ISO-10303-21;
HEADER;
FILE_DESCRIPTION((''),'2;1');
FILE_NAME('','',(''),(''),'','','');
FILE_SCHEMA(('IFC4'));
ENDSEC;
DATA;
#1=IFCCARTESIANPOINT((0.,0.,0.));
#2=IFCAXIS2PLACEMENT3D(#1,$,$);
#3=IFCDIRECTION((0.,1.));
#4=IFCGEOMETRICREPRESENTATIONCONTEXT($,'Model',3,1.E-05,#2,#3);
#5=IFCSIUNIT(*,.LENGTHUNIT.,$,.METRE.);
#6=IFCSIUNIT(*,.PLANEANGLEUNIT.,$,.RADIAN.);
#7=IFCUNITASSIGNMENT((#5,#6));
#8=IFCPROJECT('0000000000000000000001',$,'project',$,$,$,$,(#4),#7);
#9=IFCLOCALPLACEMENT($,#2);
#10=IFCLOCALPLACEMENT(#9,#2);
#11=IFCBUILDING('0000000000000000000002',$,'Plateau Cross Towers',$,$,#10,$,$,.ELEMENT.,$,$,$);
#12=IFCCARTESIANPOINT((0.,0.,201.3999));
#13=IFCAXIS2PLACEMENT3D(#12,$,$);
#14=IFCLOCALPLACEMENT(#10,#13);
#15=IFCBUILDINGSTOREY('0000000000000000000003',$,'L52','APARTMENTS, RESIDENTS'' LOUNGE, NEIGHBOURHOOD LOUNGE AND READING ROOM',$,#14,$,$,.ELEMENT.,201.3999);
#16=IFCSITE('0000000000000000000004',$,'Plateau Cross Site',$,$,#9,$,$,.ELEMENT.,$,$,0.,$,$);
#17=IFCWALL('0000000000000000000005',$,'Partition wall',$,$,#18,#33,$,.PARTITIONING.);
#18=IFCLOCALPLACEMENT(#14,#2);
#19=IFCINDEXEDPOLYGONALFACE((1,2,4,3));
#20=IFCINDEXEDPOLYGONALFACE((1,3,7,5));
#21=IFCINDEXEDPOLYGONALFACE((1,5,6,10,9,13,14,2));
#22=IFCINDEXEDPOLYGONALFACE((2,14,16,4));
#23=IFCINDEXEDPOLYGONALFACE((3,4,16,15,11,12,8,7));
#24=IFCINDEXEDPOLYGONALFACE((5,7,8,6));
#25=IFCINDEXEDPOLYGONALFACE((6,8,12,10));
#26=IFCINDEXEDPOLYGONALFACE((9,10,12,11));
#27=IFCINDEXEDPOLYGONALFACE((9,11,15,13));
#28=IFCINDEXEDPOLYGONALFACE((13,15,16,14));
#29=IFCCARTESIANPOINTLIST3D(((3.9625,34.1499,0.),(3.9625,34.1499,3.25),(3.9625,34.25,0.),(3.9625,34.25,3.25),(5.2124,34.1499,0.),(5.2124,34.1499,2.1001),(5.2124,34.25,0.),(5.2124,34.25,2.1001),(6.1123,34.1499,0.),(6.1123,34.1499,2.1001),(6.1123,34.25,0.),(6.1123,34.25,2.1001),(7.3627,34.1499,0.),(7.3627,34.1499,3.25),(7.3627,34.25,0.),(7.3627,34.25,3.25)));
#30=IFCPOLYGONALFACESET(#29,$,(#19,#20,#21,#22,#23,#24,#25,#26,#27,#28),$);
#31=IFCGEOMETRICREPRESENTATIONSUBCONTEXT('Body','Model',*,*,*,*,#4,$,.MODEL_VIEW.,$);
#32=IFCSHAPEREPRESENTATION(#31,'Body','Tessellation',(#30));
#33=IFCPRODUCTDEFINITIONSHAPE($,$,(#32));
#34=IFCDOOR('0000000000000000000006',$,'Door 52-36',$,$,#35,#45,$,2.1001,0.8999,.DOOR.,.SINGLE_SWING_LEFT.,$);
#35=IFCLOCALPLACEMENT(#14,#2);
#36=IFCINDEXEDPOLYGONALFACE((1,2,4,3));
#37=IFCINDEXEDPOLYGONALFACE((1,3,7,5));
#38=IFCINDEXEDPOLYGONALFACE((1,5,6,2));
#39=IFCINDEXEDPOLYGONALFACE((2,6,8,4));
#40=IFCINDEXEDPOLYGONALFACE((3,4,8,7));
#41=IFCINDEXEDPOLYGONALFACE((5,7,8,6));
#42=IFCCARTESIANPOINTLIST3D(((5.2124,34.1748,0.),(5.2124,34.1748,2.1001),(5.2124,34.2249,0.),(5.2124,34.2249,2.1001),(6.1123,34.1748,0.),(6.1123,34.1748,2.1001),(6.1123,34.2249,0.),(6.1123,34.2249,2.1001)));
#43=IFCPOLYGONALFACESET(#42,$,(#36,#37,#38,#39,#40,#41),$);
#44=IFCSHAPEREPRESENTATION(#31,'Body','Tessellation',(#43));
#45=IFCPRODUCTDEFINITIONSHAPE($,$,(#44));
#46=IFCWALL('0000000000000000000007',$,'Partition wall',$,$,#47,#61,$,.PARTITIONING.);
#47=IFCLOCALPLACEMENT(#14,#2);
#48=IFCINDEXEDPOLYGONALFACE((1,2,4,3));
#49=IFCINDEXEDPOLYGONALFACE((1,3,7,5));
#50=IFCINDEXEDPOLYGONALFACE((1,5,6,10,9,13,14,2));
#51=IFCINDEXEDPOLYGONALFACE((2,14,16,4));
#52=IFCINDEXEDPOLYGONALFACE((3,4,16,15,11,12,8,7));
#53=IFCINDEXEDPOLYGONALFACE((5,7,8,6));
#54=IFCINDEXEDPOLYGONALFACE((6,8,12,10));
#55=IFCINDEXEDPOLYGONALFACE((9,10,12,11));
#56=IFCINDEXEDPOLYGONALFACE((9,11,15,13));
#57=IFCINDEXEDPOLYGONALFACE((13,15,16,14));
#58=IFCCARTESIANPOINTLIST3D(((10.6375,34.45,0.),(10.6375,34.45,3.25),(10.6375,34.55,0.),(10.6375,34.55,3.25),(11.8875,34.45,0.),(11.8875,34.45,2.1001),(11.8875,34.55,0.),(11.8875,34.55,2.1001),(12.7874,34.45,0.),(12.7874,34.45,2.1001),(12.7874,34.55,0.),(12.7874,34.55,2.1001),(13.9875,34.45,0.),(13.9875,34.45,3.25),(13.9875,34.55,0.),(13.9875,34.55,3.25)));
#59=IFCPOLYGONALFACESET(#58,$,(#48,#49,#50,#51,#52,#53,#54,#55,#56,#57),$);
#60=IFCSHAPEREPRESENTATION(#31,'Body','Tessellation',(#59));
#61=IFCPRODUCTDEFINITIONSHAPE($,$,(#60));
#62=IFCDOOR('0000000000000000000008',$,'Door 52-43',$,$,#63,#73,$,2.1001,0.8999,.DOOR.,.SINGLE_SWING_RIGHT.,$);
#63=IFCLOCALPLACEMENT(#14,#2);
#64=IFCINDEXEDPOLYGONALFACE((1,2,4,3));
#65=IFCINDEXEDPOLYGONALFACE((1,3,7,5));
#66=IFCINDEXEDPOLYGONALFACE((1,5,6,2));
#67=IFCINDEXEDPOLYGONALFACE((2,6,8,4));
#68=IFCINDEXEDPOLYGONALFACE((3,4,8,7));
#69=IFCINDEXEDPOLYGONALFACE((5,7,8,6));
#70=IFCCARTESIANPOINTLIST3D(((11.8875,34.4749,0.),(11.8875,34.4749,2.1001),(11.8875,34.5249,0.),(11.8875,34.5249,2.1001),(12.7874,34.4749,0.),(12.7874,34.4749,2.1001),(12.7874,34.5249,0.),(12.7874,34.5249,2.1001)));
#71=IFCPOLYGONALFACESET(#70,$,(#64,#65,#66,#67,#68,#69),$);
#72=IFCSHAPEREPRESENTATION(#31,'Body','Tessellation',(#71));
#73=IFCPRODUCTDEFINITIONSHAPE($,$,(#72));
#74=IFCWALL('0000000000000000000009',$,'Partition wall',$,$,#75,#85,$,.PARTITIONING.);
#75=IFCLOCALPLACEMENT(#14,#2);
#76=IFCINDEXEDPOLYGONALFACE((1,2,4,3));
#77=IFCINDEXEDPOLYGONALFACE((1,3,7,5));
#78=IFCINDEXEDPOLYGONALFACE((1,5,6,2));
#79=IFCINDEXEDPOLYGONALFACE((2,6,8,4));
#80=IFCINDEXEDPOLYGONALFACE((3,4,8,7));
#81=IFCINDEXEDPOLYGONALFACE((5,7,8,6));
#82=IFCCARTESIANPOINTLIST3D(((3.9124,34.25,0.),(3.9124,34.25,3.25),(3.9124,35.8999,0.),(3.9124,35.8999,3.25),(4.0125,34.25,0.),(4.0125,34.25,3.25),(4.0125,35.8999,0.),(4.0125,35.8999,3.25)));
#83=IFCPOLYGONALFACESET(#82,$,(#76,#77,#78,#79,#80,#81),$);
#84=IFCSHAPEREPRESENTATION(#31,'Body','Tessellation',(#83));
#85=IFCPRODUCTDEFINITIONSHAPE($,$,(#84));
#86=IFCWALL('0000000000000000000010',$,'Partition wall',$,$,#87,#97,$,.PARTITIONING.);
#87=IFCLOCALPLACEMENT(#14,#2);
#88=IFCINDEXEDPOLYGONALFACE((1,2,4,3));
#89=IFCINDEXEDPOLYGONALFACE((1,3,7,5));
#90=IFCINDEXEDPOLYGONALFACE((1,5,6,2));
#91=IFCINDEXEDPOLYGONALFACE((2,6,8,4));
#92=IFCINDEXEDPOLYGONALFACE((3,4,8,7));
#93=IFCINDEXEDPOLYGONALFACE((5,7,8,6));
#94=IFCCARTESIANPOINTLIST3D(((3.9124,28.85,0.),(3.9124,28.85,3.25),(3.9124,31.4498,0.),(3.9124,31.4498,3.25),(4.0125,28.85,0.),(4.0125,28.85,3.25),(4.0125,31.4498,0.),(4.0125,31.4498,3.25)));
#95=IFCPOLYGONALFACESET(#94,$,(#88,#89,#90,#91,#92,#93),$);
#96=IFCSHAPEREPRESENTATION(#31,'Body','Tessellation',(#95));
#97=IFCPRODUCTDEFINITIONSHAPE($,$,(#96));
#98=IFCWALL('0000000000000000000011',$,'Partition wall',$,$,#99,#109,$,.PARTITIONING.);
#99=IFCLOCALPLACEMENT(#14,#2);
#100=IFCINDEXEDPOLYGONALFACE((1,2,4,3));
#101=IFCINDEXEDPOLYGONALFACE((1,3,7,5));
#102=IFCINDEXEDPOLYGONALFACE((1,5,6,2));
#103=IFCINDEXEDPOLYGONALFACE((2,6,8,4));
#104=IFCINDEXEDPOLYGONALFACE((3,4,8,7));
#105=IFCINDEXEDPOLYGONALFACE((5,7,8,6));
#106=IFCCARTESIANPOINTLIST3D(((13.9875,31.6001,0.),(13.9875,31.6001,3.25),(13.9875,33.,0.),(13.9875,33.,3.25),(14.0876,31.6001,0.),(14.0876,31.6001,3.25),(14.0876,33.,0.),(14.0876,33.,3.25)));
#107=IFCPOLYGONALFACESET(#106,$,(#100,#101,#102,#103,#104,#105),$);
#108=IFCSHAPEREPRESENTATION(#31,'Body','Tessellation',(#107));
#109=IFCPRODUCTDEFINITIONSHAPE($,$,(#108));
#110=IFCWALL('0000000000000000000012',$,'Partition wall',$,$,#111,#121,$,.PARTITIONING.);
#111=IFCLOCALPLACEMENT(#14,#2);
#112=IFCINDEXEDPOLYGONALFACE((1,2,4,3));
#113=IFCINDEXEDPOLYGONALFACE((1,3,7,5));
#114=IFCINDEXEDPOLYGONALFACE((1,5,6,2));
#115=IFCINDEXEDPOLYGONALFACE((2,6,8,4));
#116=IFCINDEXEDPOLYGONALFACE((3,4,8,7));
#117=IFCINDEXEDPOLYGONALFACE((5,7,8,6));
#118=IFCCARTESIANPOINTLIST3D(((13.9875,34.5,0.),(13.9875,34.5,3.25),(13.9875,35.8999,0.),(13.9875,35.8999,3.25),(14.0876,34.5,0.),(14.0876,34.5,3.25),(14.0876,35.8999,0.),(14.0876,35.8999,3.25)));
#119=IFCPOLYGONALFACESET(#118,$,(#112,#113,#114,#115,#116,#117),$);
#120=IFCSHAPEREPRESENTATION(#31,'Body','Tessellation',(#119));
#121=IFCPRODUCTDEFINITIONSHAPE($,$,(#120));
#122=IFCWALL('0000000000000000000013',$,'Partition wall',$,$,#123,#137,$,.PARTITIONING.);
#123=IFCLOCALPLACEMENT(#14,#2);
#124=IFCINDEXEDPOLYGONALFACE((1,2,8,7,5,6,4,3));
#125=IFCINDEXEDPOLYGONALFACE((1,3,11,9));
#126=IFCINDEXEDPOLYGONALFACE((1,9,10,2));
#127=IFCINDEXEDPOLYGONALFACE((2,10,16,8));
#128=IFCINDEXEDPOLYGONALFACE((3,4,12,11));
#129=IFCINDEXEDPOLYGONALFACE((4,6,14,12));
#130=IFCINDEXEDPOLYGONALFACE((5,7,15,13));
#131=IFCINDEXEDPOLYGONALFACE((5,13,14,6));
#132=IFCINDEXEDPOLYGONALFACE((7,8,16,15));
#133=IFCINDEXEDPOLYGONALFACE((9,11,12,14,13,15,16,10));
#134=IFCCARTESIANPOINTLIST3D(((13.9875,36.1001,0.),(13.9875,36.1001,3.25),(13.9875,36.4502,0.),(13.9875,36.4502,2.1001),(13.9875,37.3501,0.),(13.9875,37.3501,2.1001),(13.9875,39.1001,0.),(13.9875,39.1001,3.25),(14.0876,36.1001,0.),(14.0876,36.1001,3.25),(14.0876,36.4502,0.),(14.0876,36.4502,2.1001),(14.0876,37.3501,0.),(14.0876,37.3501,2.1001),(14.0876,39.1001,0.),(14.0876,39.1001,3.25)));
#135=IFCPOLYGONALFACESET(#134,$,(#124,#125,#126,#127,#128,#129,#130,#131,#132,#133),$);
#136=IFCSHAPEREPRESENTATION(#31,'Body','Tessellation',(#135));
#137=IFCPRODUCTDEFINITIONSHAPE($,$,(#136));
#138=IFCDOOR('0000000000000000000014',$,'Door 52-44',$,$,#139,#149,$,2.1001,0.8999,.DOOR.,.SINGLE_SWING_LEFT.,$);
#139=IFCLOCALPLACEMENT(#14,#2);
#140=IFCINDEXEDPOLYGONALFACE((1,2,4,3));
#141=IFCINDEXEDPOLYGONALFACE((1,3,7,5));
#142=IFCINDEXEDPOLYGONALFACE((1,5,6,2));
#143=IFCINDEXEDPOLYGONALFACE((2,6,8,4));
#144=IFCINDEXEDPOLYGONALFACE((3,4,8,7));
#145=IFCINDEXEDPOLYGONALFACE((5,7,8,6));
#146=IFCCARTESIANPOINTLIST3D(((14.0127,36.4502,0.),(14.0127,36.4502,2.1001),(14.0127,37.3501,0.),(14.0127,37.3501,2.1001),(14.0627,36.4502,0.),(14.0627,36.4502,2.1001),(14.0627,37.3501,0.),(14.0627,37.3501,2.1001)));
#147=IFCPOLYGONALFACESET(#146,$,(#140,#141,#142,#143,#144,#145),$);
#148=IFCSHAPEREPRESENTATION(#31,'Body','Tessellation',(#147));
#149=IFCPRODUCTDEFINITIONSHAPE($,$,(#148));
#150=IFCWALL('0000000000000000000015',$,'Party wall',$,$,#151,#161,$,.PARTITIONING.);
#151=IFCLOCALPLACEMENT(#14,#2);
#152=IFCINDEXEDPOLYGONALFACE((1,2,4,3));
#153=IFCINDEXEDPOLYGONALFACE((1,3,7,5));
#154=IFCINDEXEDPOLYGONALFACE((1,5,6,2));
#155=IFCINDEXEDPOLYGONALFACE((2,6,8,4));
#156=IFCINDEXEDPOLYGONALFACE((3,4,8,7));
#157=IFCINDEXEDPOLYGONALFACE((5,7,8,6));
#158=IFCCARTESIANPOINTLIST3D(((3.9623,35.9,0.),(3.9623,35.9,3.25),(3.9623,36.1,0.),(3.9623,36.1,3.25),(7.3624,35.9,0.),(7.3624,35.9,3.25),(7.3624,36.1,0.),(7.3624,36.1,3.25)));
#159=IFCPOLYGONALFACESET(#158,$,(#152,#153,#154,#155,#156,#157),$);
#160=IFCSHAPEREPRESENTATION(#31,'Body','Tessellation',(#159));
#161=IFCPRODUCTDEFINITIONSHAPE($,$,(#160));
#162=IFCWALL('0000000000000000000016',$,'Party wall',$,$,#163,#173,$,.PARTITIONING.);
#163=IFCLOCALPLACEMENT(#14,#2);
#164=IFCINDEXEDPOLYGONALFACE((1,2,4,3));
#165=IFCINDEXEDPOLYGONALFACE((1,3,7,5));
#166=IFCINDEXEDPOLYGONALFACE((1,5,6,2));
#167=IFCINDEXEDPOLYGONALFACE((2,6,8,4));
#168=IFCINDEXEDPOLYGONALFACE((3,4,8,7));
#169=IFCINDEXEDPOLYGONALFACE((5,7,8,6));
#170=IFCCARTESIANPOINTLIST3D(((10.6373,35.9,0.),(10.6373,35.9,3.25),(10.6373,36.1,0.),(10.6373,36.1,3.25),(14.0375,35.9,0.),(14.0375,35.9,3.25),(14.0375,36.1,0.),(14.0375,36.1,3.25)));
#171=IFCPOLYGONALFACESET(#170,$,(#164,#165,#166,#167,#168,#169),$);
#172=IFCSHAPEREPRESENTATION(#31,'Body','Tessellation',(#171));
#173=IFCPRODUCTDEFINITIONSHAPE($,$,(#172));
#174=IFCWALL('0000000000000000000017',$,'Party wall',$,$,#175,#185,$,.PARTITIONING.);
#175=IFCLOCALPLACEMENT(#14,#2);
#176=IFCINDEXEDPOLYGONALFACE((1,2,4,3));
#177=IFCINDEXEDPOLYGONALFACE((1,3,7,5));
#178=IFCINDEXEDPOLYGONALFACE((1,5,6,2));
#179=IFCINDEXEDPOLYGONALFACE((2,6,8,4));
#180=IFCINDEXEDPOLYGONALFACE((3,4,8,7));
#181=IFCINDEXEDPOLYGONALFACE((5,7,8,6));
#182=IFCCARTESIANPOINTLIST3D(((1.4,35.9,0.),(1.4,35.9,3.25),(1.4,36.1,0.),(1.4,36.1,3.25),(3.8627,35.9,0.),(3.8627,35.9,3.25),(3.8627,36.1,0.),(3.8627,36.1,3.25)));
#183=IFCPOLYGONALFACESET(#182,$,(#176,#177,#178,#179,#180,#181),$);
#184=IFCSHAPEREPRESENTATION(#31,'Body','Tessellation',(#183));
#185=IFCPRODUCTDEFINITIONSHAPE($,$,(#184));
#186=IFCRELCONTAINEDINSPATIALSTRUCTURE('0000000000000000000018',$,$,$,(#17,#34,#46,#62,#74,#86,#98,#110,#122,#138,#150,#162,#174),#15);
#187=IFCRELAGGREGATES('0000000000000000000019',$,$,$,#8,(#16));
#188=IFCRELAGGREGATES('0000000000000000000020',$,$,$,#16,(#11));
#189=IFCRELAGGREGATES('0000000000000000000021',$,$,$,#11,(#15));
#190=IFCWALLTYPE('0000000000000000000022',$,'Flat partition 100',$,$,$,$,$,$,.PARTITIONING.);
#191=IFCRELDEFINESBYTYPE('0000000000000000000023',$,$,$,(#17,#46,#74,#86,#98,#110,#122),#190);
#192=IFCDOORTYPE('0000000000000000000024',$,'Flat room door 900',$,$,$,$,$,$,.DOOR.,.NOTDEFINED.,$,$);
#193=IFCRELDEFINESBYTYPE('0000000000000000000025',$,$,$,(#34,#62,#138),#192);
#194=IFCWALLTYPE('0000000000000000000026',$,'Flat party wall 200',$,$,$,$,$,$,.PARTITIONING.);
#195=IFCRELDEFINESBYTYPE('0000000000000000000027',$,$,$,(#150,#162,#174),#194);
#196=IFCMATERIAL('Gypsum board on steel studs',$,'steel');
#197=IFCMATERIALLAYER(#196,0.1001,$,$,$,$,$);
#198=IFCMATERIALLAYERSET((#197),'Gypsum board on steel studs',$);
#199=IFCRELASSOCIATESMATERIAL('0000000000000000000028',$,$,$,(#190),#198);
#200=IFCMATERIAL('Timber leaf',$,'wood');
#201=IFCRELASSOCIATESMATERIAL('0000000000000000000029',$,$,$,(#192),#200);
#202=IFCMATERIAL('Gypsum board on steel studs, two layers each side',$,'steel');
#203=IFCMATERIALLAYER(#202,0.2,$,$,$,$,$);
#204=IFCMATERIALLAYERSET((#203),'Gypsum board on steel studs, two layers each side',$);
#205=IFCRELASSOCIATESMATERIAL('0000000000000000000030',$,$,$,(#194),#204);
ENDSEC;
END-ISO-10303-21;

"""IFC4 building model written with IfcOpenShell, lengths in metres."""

from ifc_helpers import new_model, si_unit, direction, frame, frame_2d, origin, place, context, subcontext, project, spatial, rectangle, extrude, material, layer, layer_set, type_object, element, fill, save


model = new_model("IFC4")

# Units and contexts
model_context = context("Model", 3, precision=1e-05, world=origin(), true_north=direction((0.0, 1.0)))
body_context = subcontext(model_context, "Body", "Model", "MODEL_VIEW")
ifc_project = project(units=[si_unit("LENGTHUNIT", "METRE"), si_unit("PLANEANGLEUNIT", "RADIAN")], contexts=[model_context])

# Site, building, storey
site_placement = place(None, origin())
site = spatial("IfcSite", under=ifc_project, at=site_placement, Name="Plateau Cross Site", CompositionType="ELEMENT", RefElevation=0.0)
building_placement = place(site_placement, origin())
building = spatial("IfcBuilding", under=site, at=building_placement, Name="Plateau Cross Towers", CompositionType="ELEMENT")
storey_placement = place(building_placement, frame((0.0, 0.0, 201.3999)))
storey = spatial("IfcBuildingStorey", under=building, at=storey_placement, Name="L52", Description="APARTMENTS, RESIDENTS' LOUNGE, NEIGHBOURHOOD LOUNGE AND READING ROOM", CompositionType="ELEMENT", Elevation=201.3999)

# Walls, openings, doors
ifc_material_1 = material(Name="Gypsum board on steel studs", Category="steel")
ifc_layer_1 = layer(ifc_material_1, 0.1001)
ifc_layer_set_1 = layer_set([ifc_layer_1], Name="Gypsum board on steel studs")
wall_type_1 = type_object("IfcWallType", Name="Flat partition 100", PredefinedType="PARTITIONING", material=ifc_layer_set_1)
ifc_material_2 = material(Name="Timber leaf", Category="wood")
door_type_1 = type_object("IfcDoorType", Name="Flat room door 900", OperationType="NOTDEFINED", PredefinedType="DOOR", material=ifc_material_2)
wall_1_placement = place(storey_placement, frame((3.9624, 34.2, 0.0), z_axis=(0.0, 0.0, 1.0), x_axis=(1.0, 0.0, 0.0)))
wall_1 = element("IfcWall", 1, at=wall_1_placement, inside=storey, type_object=wall_type_1, Name="Partition wall", PredefinedType="PARTITIONING", context=body_context, shape_type="SweptSolid", body=[
    extrude(rectangle(XDim=3.4001, YDim=0.1001, at=frame_2d((1.7002, 0.0))), origin(), (0.0, 0.0, 1.0), 3.25),
])
opening_1_placement = place(wall_1_placement, frame((1.25, 0.0, 0.0)))
opening_1 = element("IfcOpeningElement", 2, at=opening_1_placement, cuts=wall_1, PredefinedType="OPENING", context=body_context, shape_type="SweptSolid", body=[
    extrude(rectangle(XDim=0.8999, YDim=2.1001, at=frame_2d((0.45, 1.05))), frame((0.0, 0.0601, 0.0), z_axis=(0.0, -1.0, 0.0), x_axis=(1.0, 0.0, 0.0)), (0.0, 0.0, 1.0), 0.1201),
])
door_1_placement = place(opening_1_placement, origin())
door_1 = element("IfcDoor", 3, at=door_1_placement, inside=storey, type_object=door_type_1, Name="Door 52-36", OperationType="SINGLE_SWING_LEFT", OverallHeight=2.1001, OverallWidth=0.8999, PredefinedType="DOOR", context=body_context, shape_type="SweptSolid", body=[
    extrude(rectangle(XDim=0.8999, YDim=2.1001, at=frame_2d((0.45, 1.05))), frame((0.0, 0.0249, 0.0), z_axis=(0.0, -1.0, 0.0), x_axis=(1.0, 0.0, 0.0)), (0.0, 0.0, 1.0), 0.05),
])
fill(opening_1, door_1)
wall_2_placement = place(storey_placement, frame((10.6375, 34.5, 0.0), z_axis=(0.0, 0.0, 1.0), x_axis=(1.0, 0.0, 0.0)))
wall_2 = element("IfcWall", 4, at=wall_2_placement, inside=storey, type_object=wall_type_1, Name="Partition wall", PredefinedType="PARTITIONING", context=body_context, shape_type="SweptSolid", body=[
    extrude(rectangle(XDim=3.3501, YDim=0.1001, at=frame_2d((1.675, 0.0))), origin(), (0.0, 0.0, 1.0), 3.25),
])
opening_2_placement = place(wall_2_placement, frame((1.25, 0.0, 0.0)))
opening_2 = element("IfcOpeningElement", 5, at=opening_2_placement, cuts=wall_2, PredefinedType="OPENING", context=body_context, shape_type="SweptSolid", body=[
    extrude(rectangle(XDim=0.8999, YDim=2.1001, at=frame_2d((0.45, 1.05))), frame((0.0, 0.0601, 0.0), z_axis=(0.0, -1.0, 0.0), x_axis=(1.0, 0.0, 0.0)), (0.0, 0.0, 1.0), 0.1201),
])
door_2_placement = place(opening_2_placement, origin())
door_2 = element("IfcDoor", 6, at=door_2_placement, inside=storey, type_object=door_type_1, Name="Door 52-43", OperationType="SINGLE_SWING_RIGHT", OverallHeight=2.1001, OverallWidth=0.8999, PredefinedType="DOOR", context=body_context, shape_type="SweptSolid", body=[
    extrude(rectangle(XDim=0.8999, YDim=2.1001, at=frame_2d((0.45, 1.05))), frame((0.0, 0.0249, 0.0), z_axis=(0.0, -1.0, 0.0), x_axis=(1.0, 0.0, 0.0)), (0.0, 0.0, 1.0), 0.05),
])
fill(opening_2, door_2)

# Walls
wall_3_placement = place(storey_placement, frame((3.9624, 35.8999, 0.0), z_axis=(0.0, 0.0, 1.0), x_axis=(0.0, -1.0, 0.0)))
element("IfcWall", 7, at=wall_3_placement, inside=storey, type_object=wall_type_1, Name="Partition wall", PredefinedType="PARTITIONING", context=body_context, shape_type="SweptSolid", body=[
    extrude(rectangle(XDim=1.6499, YDim=0.1001, at=frame_2d((0.825, 0.0))), origin(), (0.0, 0.0, 1.0), 3.25),
])
wall_4_placement = place(storey_placement, frame((3.9624, 28.8501, 0.0), z_axis=(0.0, 0.0, 1.0), x_axis=(0.0, 1.0, 0.0)))
element("IfcWall", 8, at=wall_4_placement, inside=storey, type_object=wall_type_1, Name="Partition wall", PredefinedType="PARTITIONING", context=body_context, shape_type="SweptSolid", body=[
    extrude(rectangle(XDim=2.5999, YDim=0.1001, at=frame_2d((1.2998, 0.0))), origin(), (0.0, 0.0, 1.0), 3.25),
])
for number, where, z_axis, x_axis, name in (
    (9, (14.0376, 31.6001, 0.0), (0.0, 0.0, 1.0), (0.0, 1.0, 0.0), "Partition wall"),
    (10, (14.0376, 34.5, 0.0), (0.0, 0.0, 1.0), (0.0, 1.0, 0.0), "Partition wall"),
):
    element("IfcWall", number, at=place(storey_placement, frame(where, z_axis=z_axis, x_axis=x_axis)), inside=storey, type_object=wall_type_1, Name=name, PredefinedType="PARTITIONING", context=body_context, shape_type="SweptSolid", body=[
        extrude(rectangle(XDim=1.3999, YDim=0.1001, at=frame_2d((0.7, 0.0))), origin(), (0.0, 0.0, 1.0), 3.25),
    ])

# Wall, opening, door
wall_5_placement = place(storey_placement, frame((14.0376, 36.1001, 0.0), z_axis=(0.0, 0.0, 1.0), x_axis=(0.0, 1.0, 0.0)))
wall_5 = element("IfcWall", 11, at=wall_5_placement, inside=storey, type_object=wall_type_1, Name="Partition wall", PredefinedType="PARTITIONING", context=body_context, shape_type="SweptSolid", body=[
    extrude(rectangle(XDim=3.0, YDim=0.1001, at=frame_2d((1.5, 0.0))), origin(), (0.0, 0.0, 1.0), 3.25),
])
opening_3_placement = place(wall_5_placement, frame((0.3501, 0.0, 0.0)))
opening_3 = element("IfcOpeningElement", 12, at=opening_3_placement, cuts=wall_5, PredefinedType="OPENING", context=body_context, shape_type="SweptSolid", body=[
    extrude(rectangle(XDim=0.8999, YDim=2.1001, at=frame_2d((0.45, 1.05))), frame((0.0, 0.0601, 0.0), z_axis=(0.0, -1.0, 0.0), x_axis=(1.0, 0.0, 0.0)), (0.0, 0.0, 1.0), 0.1201),
])
door_3_placement = place(opening_3_placement, origin())
door_3 = element("IfcDoor", 13, at=door_3_placement, inside=storey, type_object=door_type_1, Name="Door 52-44", OperationType="SINGLE_SWING_LEFT", OverallHeight=2.1001, OverallWidth=0.8999, PredefinedType="DOOR", context=body_context, shape_type="SweptSolid", body=[
    extrude(rectangle(XDim=0.8999, YDim=2.1001, at=frame_2d((0.45, 1.05))), frame((0.0, 0.0249, 0.0), z_axis=(0.0, -1.0, 0.0), x_axis=(1.0, 0.0, 0.0)), (0.0, 0.0, 1.0), 0.05),
])
fill(opening_3, door_3)

# Walls
ifc_material_3 = material(Name="Gypsum board on steel studs, two layers each side", Category="steel")
ifc_layer_2 = layer(ifc_material_3, 0.2)
ifc_layer_set_2 = layer_set([ifc_layer_2], Name="Gypsum board on steel studs, two layers each side")
wall_type_2 = type_object("IfcWallType", Name="Flat party wall 200", PredefinedType="PARTITIONING", material=ifc_layer_set_2)
for number, where, z_axis, x_axis, name in (
    (14, (7.3625, 36.0, 0.0), (0.0, 0.0, 1.0), (-1.0, 0.0, 0.0), "Party wall"),
    (15, (14.0376, 36.0, 0.0), (0.0, 0.0, 1.0), (-1.0, 0.0, 0.0), "Party wall"),
):
    element("IfcWall", number, at=place(storey_placement, frame(where, z_axis=z_axis, x_axis=x_axis)), inside=storey, type_object=wall_type_2, Name=name, PredefinedType="PARTITIONING", context=body_context, shape_type="SweptSolid", body=[
        extrude(rectangle(XDim=3.4001, YDim=0.2, at=frame_2d((1.7002, 0.0))), origin(), (0.0, 0.0, 1.0), 3.25),
    ])
for number, where, z_axis, x_axis, name in (
    (16, (1.3999, 36.0, 0.0), (0.0, 0.0, 1.0), (1.0, 0.0, 0.0), "Party wall"),
):
    element("IfcWall", number, at=place(storey_placement, frame(where, z_axis=z_axis, x_axis=x_axis)), inside=storey, type_object=wall_type_2, Name=name, PredefinedType="PARTITIONING", context=body_context, shape_type="SweptSolid", body=[
        extrude(rectangle(XDim=2.4626, YDim=0.2, at=frame_2d((1.2314, 0.0))), origin(), (0.0, 0.0, 1.0), 3.25),
    ])

save(model, "model.ifc")
